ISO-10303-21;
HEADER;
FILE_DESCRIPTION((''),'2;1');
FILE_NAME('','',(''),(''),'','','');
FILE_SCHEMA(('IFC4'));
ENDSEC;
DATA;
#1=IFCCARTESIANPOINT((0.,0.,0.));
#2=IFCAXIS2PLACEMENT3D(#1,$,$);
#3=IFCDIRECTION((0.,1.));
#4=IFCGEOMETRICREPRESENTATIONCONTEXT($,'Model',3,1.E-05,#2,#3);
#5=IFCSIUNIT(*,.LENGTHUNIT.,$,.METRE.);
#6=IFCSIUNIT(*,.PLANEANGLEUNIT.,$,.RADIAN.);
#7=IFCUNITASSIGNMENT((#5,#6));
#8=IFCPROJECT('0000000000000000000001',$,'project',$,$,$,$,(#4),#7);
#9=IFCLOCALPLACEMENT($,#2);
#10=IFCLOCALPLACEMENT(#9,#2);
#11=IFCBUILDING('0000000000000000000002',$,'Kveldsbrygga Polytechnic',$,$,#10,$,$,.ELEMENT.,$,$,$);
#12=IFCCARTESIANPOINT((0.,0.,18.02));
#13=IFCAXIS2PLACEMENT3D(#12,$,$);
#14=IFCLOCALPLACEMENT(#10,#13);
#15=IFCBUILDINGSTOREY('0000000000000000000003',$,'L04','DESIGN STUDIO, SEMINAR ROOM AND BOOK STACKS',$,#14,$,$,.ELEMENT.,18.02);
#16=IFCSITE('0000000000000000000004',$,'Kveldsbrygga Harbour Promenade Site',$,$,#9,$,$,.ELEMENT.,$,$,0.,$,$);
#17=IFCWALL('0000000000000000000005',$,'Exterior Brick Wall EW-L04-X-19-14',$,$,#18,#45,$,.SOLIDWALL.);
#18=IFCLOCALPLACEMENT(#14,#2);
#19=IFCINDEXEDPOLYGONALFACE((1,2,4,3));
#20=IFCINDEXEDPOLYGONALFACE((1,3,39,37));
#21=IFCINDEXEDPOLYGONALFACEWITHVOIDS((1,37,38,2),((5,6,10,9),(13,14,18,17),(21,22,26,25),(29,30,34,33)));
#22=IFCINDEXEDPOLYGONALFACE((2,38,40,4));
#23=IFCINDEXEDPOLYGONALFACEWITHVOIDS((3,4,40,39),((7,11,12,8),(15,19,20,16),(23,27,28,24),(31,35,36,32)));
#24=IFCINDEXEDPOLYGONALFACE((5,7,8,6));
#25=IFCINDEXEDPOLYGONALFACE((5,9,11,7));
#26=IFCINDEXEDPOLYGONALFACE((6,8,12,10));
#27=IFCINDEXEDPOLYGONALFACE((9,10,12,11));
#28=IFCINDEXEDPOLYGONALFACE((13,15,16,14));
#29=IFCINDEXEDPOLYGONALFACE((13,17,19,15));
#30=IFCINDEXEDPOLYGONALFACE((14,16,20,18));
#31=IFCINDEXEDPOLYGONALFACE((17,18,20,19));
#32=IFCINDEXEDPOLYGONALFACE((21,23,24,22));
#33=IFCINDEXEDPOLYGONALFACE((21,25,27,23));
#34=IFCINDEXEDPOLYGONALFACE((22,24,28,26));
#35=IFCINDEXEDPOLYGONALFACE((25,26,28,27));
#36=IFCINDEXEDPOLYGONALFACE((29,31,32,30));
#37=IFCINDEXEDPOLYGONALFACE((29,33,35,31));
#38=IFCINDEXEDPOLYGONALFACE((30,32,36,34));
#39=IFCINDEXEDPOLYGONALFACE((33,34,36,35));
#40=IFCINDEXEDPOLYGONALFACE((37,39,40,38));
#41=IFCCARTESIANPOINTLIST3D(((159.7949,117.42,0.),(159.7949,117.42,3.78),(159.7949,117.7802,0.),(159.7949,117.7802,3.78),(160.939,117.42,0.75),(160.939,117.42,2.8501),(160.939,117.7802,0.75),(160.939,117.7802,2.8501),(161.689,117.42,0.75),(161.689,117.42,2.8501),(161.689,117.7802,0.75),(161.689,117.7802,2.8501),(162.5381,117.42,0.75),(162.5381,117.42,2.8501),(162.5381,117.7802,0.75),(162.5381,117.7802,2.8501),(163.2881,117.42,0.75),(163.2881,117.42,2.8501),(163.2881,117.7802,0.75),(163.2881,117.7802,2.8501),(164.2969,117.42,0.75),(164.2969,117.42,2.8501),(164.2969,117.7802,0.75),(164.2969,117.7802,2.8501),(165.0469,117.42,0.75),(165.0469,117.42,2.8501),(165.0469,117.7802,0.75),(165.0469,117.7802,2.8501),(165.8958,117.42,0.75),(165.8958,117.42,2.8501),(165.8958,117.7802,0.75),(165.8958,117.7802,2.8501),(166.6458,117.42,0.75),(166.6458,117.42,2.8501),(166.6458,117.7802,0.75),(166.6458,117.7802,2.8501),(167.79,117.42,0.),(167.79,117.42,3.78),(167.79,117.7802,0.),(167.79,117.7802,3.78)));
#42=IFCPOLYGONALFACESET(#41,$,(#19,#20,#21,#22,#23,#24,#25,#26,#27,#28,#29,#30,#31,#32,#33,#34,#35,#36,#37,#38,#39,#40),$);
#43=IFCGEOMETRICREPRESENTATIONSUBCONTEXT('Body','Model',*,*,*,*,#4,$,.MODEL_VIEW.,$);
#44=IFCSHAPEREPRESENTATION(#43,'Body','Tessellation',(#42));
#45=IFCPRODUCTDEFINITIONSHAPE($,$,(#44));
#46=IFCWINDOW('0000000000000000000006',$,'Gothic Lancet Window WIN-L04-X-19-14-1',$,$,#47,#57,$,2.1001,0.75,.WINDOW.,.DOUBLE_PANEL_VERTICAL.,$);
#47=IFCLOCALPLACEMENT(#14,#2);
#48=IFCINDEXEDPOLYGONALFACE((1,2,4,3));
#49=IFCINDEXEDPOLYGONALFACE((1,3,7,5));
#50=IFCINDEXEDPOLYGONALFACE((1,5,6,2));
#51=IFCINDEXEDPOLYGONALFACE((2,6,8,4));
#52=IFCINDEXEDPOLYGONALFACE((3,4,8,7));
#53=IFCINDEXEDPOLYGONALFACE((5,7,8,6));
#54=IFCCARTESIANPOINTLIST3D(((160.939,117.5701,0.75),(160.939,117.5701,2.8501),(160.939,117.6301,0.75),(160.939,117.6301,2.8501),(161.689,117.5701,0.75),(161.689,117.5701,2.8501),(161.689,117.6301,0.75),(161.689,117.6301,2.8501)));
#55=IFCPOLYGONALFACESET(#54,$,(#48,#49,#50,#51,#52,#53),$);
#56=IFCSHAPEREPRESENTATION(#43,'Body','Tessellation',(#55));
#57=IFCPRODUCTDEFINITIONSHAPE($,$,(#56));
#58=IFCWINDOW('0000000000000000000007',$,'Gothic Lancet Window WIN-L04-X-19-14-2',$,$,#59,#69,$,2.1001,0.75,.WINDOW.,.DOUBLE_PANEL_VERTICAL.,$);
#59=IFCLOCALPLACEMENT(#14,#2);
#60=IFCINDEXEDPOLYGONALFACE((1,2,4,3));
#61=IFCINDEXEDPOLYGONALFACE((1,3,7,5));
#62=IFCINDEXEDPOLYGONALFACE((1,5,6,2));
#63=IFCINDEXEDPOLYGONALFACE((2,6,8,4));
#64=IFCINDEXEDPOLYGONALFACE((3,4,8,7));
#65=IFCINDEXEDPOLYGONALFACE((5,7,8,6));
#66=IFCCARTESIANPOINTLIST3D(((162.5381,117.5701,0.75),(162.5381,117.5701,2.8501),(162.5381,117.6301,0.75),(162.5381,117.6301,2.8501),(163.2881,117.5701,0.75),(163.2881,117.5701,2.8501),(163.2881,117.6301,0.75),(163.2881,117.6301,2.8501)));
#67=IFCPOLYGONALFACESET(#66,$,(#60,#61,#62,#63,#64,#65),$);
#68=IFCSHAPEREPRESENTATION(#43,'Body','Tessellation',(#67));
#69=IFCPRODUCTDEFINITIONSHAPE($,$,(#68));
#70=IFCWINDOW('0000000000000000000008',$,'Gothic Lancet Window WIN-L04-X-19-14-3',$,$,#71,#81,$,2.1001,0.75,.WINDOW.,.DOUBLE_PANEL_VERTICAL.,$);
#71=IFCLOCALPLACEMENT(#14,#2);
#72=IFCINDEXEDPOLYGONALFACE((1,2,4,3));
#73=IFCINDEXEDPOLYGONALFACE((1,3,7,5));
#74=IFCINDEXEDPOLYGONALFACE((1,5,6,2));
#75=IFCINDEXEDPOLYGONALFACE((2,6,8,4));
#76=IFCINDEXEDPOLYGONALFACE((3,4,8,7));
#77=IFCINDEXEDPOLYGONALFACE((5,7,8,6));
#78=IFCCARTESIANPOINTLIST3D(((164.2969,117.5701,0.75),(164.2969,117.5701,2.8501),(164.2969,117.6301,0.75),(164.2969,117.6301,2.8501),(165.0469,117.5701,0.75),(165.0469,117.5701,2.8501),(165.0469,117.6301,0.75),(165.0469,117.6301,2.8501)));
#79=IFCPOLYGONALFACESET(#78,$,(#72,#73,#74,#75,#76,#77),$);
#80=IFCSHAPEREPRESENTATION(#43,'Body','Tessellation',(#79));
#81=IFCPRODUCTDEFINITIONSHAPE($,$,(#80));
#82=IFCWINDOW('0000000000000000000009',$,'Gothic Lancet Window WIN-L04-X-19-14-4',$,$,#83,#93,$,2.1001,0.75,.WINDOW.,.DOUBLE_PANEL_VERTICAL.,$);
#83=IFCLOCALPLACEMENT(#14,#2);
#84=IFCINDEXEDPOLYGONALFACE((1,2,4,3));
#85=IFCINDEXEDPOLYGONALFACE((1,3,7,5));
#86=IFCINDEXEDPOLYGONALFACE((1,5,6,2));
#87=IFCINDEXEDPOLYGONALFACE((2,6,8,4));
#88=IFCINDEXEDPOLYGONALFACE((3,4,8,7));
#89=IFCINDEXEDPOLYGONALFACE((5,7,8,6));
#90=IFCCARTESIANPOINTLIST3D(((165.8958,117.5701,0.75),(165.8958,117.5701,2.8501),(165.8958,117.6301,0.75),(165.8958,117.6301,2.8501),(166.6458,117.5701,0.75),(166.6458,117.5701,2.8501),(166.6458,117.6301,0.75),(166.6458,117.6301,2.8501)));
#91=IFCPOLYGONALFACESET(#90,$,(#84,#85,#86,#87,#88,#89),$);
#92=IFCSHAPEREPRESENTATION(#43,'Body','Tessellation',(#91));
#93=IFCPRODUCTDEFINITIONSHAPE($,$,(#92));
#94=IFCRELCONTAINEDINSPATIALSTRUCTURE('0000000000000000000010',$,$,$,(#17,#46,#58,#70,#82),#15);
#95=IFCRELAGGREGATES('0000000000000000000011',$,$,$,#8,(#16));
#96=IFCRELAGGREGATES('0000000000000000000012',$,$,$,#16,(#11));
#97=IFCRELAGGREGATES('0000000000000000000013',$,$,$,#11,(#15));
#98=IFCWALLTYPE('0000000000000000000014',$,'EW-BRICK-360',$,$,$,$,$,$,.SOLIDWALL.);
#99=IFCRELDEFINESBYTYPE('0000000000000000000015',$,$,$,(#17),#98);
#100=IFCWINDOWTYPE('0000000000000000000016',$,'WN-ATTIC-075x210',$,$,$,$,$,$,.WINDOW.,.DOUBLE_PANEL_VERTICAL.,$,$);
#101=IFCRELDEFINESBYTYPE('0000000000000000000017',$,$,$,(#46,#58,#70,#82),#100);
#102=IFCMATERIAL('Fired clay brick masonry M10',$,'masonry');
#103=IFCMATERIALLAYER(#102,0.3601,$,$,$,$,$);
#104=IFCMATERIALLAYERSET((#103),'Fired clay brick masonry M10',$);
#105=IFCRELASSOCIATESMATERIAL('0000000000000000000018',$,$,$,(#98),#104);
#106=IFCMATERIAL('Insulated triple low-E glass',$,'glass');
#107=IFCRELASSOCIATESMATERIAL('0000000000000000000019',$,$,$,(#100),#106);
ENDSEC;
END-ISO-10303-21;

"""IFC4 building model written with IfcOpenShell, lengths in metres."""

from ifc_helpers import new_model, si_unit, direction, frame, frame_2d, origin, place, context, subcontext, project, spatial, rectangle, extrude, material, layer, layer_set, type_object, element, fill, save


model = new_model("IFC4")

# Units and contexts
model_context = context("Model", 3, precision=1e-05, world=origin(), true_north=direction((0.0, 1.0)))
body_context = subcontext(model_context, "Body", "Model", "MODEL_VIEW")
ifc_project = project(units=[si_unit("LENGTHUNIT", "METRE"), si_unit("PLANEANGLEUNIT", "RADIAN")], contexts=[model_context])

# Site, building, storey
site_placement = place(None, origin())
site = spatial("IfcSite", under=ifc_project, at=site_placement, Name="Kveldsbrygga Harbour Promenade Site", CompositionType="ELEMENT", RefElevation=0.0)
building_placement = place(site_placement, origin())
building = spatial("IfcBuilding", under=site, at=building_placement, Name="Kveldsbrygga Polytechnic", CompositionType="ELEMENT")
storey_placement = place(building_placement, frame((0.0, 0.0, 18.02)))
storey = spatial("IfcBuildingStorey", under=building, at=storey_placement, Name="L04", Description="DESIGN STUDIO, SEMINAR ROOM AND BOOK STACKS", CompositionType="ELEMENT", Elevation=18.02)

# Wall, openings, windows
ifc_material_1 = material(Name="Fired clay brick masonry M10", Category="masonry")
ifc_layer_1 = layer(ifc_material_1, 0.3601)
ifc_layer_set_1 = layer_set([ifc_layer_1], Name="Fired clay brick masonry M10")
wall_type = type_object("IfcWallType", Name="EW-BRICK-360", PredefinedType="SOLIDWALL", material=ifc_layer_set_1)
wall_1_placement = place(storey_placement, frame((159.7949, 117.6001, 0.0), z_axis=(0.0, 0.0, 1.0), x_axis=(1.0, 0.0, 0.0)))
wall_1 = element("IfcWall", 1, at=wall_1_placement, inside=storey, type_object=wall_type, Name="Exterior Brick Wall EW-L04-X-19-14", PredefinedType="SOLIDWALL", context=body_context, shape_type="SweptSolid", body=[
    extrude(rectangle(XDim=7.9951, YDim=0.3601, at=frame_2d((3.9976, 0.0))), origin(), (0.0, 0.0, 1.0), 3.78),
])
opening_1_placement = place(wall_1_placement, frame((1.144, 0.0, 0.75)))
opening_1 = element("IfcOpeningElement", 2, at=opening_1_placement, cuts=wall_1, PredefinedType="OPENING", context=body_context, shape_type="SweptSolid", body=[
    extrude(rectangle(XDim=0.75, YDim=2.1001, at=frame_2d((0.375, 1.05))), frame((0.0, 0.1899, 0.0), z_axis=(0.0, -1.0, 0.0), x_axis=(1.0, 0.0, 0.0)), (0.0, 0.0, 1.0), 0.3801),
])
opening_2_placement = place(wall_1_placement, frame((2.7432, 0.0, 0.75)))
opening_2 = element("IfcOpeningElement", 3, at=opening_2_placement, cuts=wall_1, PredefinedType="OPENING", context=body_context, shape_type="SweptSolid", body=[
    extrude(rectangle(XDim=0.75, YDim=2.1001, at=frame_2d((0.375, 1.05))), frame((0.0, 0.1899, 0.0), z_axis=(0.0, -1.0, 0.0), x_axis=(1.0, 0.0, 0.0)), (0.0, 0.0, 1.0), 0.3801),
])
opening_3_placement = place(wall_1_placement, frame((4.502, 0.0, 0.75)))
opening_3 = element("IfcOpeningElement", 4, at=opening_3_placement, cuts=wall_1, PredefinedType="OPENING", context=body_context, shape_type="SweptSolid", body=[
    extrude(rectangle(XDim=0.75, YDim=2.1001, at=frame_2d((0.375, 1.05))), frame((0.0, 0.1899, 0.0), z_axis=(0.0, -1.0, 0.0), x_axis=(1.0, 0.0, 0.0)), (0.0, 0.0, 1.0), 0.3801),
])
opening_4_placement = place(wall_1_placement, frame((6.1008, 0.0, 0.75)))
opening_4 = element("IfcOpeningElement", 5, at=opening_4_placement, cuts=wall_1, PredefinedType="OPENING", context=body_context, shape_type="SweptSolid", body=[
    extrude(rectangle(XDim=0.75, YDim=2.1001, at=frame_2d((0.375, 1.05))), frame((0.0, 0.1899, 0.0), z_axis=(0.0, -1.0, 0.0), x_axis=(1.0, 0.0, 0.0)), (0.0, 0.0, 1.0), 0.3801),
])
ifc_material_2 = material(Name="Insulated triple low-E glass", Category="glass")
window_type = type_object("IfcWindowType", Name="WN-ATTIC-075x210", PartitioningType="DOUBLE_PANEL_VERTICAL", PredefinedType="WINDOW", material=ifc_material_2)
window_1_placement = place(opening_1_placement, origin())
window_1 = element("IfcWindow", 6, at=window_1_placement, inside=storey, type_object=window_type, Name="Gothic Lancet Window WIN-L04-X-19-14-1", OverallHeight=2.1001, OverallWidth=0.75, PartitioningType="DOUBLE_PANEL_VERTICAL", PredefinedType="WINDOW", context=body_context, shape_type="SweptSolid", body=[
    extrude(rectangle(XDim=0.75, YDim=2.1001, at=frame_2d((0.375, 1.05))), frame((0.0, 0.03, 0.0), z_axis=(0.0, -1.0, 0.0), x_axis=(1.0, 0.0, 0.0)), (0.0, 0.0, 1.0), 0.0601),
])
fill(opening_1, window_1)
window_2_placement = place(opening_2_placement, origin())
window_2 = element("IfcWindow", 7, at=window_2_placement, inside=storey, type_object=window_type, Name="Gothic Lancet Window WIN-L04-X-19-14-2", OverallHeight=2.1001, OverallWidth=0.75, PartitioningType="DOUBLE_PANEL_VERTICAL", PredefinedType="WINDOW", context=body_context, shape_type="SweptSolid", body=[
    extrude(rectangle(XDim=0.75, YDim=2.1001, at=frame_2d((0.375, 1.05))), frame((0.0, 0.03, 0.0), z_axis=(0.0, -1.0, 0.0), x_axis=(1.0, 0.0, 0.0)), (0.0, 0.0, 1.0), 0.0601),
])
fill(opening_2, window_2)
window_3_placement = place(opening_3_placement, origin())
window_3 = element("IfcWindow", 8, at=window_3_placement, inside=storey, type_object=window_type, Name="Gothic Lancet Window WIN-L04-X-19-14-3", OverallHeight=2.1001, OverallWidth=0.75, PartitioningType="DOUBLE_PANEL_VERTICAL", PredefinedType="WINDOW", context=body_context, shape_type="SweptSolid", body=[
    extrude(rectangle(XDim=0.75, YDim=2.1001, at=frame_2d((0.375, 1.05))), frame((0.0, 0.03, 0.0), z_axis=(0.0, -1.0, 0.0), x_axis=(1.0, 0.0, 0.0)), (0.0, 0.0, 1.0), 0.0601),
])
fill(opening_3, window_3)
window_4_placement = place(opening_4_placement, origin())
window_4 = element("IfcWindow", 9, at=window_4_placement, inside=storey, type_object=window_type, Name="Gothic Lancet Window WIN-L04-X-19-14-4", OverallHeight=2.1001, OverallWidth=0.75, PartitioningType="DOUBLE_PANEL_VERTICAL", PredefinedType="WINDOW", context=body_context, shape_type="SweptSolid", body=[
    extrude(rectangle(XDim=0.75, YDim=2.1001, at=frame_2d((0.375, 1.05))), frame((0.0, 0.03, 0.0), z_axis=(0.0, -1.0, 0.0), x_axis=(1.0, 0.0, 0.0)), (0.0, 0.0, 1.0), 0.0601),
])
fill(opening_4, window_4)

save(model, "model.ifc")
